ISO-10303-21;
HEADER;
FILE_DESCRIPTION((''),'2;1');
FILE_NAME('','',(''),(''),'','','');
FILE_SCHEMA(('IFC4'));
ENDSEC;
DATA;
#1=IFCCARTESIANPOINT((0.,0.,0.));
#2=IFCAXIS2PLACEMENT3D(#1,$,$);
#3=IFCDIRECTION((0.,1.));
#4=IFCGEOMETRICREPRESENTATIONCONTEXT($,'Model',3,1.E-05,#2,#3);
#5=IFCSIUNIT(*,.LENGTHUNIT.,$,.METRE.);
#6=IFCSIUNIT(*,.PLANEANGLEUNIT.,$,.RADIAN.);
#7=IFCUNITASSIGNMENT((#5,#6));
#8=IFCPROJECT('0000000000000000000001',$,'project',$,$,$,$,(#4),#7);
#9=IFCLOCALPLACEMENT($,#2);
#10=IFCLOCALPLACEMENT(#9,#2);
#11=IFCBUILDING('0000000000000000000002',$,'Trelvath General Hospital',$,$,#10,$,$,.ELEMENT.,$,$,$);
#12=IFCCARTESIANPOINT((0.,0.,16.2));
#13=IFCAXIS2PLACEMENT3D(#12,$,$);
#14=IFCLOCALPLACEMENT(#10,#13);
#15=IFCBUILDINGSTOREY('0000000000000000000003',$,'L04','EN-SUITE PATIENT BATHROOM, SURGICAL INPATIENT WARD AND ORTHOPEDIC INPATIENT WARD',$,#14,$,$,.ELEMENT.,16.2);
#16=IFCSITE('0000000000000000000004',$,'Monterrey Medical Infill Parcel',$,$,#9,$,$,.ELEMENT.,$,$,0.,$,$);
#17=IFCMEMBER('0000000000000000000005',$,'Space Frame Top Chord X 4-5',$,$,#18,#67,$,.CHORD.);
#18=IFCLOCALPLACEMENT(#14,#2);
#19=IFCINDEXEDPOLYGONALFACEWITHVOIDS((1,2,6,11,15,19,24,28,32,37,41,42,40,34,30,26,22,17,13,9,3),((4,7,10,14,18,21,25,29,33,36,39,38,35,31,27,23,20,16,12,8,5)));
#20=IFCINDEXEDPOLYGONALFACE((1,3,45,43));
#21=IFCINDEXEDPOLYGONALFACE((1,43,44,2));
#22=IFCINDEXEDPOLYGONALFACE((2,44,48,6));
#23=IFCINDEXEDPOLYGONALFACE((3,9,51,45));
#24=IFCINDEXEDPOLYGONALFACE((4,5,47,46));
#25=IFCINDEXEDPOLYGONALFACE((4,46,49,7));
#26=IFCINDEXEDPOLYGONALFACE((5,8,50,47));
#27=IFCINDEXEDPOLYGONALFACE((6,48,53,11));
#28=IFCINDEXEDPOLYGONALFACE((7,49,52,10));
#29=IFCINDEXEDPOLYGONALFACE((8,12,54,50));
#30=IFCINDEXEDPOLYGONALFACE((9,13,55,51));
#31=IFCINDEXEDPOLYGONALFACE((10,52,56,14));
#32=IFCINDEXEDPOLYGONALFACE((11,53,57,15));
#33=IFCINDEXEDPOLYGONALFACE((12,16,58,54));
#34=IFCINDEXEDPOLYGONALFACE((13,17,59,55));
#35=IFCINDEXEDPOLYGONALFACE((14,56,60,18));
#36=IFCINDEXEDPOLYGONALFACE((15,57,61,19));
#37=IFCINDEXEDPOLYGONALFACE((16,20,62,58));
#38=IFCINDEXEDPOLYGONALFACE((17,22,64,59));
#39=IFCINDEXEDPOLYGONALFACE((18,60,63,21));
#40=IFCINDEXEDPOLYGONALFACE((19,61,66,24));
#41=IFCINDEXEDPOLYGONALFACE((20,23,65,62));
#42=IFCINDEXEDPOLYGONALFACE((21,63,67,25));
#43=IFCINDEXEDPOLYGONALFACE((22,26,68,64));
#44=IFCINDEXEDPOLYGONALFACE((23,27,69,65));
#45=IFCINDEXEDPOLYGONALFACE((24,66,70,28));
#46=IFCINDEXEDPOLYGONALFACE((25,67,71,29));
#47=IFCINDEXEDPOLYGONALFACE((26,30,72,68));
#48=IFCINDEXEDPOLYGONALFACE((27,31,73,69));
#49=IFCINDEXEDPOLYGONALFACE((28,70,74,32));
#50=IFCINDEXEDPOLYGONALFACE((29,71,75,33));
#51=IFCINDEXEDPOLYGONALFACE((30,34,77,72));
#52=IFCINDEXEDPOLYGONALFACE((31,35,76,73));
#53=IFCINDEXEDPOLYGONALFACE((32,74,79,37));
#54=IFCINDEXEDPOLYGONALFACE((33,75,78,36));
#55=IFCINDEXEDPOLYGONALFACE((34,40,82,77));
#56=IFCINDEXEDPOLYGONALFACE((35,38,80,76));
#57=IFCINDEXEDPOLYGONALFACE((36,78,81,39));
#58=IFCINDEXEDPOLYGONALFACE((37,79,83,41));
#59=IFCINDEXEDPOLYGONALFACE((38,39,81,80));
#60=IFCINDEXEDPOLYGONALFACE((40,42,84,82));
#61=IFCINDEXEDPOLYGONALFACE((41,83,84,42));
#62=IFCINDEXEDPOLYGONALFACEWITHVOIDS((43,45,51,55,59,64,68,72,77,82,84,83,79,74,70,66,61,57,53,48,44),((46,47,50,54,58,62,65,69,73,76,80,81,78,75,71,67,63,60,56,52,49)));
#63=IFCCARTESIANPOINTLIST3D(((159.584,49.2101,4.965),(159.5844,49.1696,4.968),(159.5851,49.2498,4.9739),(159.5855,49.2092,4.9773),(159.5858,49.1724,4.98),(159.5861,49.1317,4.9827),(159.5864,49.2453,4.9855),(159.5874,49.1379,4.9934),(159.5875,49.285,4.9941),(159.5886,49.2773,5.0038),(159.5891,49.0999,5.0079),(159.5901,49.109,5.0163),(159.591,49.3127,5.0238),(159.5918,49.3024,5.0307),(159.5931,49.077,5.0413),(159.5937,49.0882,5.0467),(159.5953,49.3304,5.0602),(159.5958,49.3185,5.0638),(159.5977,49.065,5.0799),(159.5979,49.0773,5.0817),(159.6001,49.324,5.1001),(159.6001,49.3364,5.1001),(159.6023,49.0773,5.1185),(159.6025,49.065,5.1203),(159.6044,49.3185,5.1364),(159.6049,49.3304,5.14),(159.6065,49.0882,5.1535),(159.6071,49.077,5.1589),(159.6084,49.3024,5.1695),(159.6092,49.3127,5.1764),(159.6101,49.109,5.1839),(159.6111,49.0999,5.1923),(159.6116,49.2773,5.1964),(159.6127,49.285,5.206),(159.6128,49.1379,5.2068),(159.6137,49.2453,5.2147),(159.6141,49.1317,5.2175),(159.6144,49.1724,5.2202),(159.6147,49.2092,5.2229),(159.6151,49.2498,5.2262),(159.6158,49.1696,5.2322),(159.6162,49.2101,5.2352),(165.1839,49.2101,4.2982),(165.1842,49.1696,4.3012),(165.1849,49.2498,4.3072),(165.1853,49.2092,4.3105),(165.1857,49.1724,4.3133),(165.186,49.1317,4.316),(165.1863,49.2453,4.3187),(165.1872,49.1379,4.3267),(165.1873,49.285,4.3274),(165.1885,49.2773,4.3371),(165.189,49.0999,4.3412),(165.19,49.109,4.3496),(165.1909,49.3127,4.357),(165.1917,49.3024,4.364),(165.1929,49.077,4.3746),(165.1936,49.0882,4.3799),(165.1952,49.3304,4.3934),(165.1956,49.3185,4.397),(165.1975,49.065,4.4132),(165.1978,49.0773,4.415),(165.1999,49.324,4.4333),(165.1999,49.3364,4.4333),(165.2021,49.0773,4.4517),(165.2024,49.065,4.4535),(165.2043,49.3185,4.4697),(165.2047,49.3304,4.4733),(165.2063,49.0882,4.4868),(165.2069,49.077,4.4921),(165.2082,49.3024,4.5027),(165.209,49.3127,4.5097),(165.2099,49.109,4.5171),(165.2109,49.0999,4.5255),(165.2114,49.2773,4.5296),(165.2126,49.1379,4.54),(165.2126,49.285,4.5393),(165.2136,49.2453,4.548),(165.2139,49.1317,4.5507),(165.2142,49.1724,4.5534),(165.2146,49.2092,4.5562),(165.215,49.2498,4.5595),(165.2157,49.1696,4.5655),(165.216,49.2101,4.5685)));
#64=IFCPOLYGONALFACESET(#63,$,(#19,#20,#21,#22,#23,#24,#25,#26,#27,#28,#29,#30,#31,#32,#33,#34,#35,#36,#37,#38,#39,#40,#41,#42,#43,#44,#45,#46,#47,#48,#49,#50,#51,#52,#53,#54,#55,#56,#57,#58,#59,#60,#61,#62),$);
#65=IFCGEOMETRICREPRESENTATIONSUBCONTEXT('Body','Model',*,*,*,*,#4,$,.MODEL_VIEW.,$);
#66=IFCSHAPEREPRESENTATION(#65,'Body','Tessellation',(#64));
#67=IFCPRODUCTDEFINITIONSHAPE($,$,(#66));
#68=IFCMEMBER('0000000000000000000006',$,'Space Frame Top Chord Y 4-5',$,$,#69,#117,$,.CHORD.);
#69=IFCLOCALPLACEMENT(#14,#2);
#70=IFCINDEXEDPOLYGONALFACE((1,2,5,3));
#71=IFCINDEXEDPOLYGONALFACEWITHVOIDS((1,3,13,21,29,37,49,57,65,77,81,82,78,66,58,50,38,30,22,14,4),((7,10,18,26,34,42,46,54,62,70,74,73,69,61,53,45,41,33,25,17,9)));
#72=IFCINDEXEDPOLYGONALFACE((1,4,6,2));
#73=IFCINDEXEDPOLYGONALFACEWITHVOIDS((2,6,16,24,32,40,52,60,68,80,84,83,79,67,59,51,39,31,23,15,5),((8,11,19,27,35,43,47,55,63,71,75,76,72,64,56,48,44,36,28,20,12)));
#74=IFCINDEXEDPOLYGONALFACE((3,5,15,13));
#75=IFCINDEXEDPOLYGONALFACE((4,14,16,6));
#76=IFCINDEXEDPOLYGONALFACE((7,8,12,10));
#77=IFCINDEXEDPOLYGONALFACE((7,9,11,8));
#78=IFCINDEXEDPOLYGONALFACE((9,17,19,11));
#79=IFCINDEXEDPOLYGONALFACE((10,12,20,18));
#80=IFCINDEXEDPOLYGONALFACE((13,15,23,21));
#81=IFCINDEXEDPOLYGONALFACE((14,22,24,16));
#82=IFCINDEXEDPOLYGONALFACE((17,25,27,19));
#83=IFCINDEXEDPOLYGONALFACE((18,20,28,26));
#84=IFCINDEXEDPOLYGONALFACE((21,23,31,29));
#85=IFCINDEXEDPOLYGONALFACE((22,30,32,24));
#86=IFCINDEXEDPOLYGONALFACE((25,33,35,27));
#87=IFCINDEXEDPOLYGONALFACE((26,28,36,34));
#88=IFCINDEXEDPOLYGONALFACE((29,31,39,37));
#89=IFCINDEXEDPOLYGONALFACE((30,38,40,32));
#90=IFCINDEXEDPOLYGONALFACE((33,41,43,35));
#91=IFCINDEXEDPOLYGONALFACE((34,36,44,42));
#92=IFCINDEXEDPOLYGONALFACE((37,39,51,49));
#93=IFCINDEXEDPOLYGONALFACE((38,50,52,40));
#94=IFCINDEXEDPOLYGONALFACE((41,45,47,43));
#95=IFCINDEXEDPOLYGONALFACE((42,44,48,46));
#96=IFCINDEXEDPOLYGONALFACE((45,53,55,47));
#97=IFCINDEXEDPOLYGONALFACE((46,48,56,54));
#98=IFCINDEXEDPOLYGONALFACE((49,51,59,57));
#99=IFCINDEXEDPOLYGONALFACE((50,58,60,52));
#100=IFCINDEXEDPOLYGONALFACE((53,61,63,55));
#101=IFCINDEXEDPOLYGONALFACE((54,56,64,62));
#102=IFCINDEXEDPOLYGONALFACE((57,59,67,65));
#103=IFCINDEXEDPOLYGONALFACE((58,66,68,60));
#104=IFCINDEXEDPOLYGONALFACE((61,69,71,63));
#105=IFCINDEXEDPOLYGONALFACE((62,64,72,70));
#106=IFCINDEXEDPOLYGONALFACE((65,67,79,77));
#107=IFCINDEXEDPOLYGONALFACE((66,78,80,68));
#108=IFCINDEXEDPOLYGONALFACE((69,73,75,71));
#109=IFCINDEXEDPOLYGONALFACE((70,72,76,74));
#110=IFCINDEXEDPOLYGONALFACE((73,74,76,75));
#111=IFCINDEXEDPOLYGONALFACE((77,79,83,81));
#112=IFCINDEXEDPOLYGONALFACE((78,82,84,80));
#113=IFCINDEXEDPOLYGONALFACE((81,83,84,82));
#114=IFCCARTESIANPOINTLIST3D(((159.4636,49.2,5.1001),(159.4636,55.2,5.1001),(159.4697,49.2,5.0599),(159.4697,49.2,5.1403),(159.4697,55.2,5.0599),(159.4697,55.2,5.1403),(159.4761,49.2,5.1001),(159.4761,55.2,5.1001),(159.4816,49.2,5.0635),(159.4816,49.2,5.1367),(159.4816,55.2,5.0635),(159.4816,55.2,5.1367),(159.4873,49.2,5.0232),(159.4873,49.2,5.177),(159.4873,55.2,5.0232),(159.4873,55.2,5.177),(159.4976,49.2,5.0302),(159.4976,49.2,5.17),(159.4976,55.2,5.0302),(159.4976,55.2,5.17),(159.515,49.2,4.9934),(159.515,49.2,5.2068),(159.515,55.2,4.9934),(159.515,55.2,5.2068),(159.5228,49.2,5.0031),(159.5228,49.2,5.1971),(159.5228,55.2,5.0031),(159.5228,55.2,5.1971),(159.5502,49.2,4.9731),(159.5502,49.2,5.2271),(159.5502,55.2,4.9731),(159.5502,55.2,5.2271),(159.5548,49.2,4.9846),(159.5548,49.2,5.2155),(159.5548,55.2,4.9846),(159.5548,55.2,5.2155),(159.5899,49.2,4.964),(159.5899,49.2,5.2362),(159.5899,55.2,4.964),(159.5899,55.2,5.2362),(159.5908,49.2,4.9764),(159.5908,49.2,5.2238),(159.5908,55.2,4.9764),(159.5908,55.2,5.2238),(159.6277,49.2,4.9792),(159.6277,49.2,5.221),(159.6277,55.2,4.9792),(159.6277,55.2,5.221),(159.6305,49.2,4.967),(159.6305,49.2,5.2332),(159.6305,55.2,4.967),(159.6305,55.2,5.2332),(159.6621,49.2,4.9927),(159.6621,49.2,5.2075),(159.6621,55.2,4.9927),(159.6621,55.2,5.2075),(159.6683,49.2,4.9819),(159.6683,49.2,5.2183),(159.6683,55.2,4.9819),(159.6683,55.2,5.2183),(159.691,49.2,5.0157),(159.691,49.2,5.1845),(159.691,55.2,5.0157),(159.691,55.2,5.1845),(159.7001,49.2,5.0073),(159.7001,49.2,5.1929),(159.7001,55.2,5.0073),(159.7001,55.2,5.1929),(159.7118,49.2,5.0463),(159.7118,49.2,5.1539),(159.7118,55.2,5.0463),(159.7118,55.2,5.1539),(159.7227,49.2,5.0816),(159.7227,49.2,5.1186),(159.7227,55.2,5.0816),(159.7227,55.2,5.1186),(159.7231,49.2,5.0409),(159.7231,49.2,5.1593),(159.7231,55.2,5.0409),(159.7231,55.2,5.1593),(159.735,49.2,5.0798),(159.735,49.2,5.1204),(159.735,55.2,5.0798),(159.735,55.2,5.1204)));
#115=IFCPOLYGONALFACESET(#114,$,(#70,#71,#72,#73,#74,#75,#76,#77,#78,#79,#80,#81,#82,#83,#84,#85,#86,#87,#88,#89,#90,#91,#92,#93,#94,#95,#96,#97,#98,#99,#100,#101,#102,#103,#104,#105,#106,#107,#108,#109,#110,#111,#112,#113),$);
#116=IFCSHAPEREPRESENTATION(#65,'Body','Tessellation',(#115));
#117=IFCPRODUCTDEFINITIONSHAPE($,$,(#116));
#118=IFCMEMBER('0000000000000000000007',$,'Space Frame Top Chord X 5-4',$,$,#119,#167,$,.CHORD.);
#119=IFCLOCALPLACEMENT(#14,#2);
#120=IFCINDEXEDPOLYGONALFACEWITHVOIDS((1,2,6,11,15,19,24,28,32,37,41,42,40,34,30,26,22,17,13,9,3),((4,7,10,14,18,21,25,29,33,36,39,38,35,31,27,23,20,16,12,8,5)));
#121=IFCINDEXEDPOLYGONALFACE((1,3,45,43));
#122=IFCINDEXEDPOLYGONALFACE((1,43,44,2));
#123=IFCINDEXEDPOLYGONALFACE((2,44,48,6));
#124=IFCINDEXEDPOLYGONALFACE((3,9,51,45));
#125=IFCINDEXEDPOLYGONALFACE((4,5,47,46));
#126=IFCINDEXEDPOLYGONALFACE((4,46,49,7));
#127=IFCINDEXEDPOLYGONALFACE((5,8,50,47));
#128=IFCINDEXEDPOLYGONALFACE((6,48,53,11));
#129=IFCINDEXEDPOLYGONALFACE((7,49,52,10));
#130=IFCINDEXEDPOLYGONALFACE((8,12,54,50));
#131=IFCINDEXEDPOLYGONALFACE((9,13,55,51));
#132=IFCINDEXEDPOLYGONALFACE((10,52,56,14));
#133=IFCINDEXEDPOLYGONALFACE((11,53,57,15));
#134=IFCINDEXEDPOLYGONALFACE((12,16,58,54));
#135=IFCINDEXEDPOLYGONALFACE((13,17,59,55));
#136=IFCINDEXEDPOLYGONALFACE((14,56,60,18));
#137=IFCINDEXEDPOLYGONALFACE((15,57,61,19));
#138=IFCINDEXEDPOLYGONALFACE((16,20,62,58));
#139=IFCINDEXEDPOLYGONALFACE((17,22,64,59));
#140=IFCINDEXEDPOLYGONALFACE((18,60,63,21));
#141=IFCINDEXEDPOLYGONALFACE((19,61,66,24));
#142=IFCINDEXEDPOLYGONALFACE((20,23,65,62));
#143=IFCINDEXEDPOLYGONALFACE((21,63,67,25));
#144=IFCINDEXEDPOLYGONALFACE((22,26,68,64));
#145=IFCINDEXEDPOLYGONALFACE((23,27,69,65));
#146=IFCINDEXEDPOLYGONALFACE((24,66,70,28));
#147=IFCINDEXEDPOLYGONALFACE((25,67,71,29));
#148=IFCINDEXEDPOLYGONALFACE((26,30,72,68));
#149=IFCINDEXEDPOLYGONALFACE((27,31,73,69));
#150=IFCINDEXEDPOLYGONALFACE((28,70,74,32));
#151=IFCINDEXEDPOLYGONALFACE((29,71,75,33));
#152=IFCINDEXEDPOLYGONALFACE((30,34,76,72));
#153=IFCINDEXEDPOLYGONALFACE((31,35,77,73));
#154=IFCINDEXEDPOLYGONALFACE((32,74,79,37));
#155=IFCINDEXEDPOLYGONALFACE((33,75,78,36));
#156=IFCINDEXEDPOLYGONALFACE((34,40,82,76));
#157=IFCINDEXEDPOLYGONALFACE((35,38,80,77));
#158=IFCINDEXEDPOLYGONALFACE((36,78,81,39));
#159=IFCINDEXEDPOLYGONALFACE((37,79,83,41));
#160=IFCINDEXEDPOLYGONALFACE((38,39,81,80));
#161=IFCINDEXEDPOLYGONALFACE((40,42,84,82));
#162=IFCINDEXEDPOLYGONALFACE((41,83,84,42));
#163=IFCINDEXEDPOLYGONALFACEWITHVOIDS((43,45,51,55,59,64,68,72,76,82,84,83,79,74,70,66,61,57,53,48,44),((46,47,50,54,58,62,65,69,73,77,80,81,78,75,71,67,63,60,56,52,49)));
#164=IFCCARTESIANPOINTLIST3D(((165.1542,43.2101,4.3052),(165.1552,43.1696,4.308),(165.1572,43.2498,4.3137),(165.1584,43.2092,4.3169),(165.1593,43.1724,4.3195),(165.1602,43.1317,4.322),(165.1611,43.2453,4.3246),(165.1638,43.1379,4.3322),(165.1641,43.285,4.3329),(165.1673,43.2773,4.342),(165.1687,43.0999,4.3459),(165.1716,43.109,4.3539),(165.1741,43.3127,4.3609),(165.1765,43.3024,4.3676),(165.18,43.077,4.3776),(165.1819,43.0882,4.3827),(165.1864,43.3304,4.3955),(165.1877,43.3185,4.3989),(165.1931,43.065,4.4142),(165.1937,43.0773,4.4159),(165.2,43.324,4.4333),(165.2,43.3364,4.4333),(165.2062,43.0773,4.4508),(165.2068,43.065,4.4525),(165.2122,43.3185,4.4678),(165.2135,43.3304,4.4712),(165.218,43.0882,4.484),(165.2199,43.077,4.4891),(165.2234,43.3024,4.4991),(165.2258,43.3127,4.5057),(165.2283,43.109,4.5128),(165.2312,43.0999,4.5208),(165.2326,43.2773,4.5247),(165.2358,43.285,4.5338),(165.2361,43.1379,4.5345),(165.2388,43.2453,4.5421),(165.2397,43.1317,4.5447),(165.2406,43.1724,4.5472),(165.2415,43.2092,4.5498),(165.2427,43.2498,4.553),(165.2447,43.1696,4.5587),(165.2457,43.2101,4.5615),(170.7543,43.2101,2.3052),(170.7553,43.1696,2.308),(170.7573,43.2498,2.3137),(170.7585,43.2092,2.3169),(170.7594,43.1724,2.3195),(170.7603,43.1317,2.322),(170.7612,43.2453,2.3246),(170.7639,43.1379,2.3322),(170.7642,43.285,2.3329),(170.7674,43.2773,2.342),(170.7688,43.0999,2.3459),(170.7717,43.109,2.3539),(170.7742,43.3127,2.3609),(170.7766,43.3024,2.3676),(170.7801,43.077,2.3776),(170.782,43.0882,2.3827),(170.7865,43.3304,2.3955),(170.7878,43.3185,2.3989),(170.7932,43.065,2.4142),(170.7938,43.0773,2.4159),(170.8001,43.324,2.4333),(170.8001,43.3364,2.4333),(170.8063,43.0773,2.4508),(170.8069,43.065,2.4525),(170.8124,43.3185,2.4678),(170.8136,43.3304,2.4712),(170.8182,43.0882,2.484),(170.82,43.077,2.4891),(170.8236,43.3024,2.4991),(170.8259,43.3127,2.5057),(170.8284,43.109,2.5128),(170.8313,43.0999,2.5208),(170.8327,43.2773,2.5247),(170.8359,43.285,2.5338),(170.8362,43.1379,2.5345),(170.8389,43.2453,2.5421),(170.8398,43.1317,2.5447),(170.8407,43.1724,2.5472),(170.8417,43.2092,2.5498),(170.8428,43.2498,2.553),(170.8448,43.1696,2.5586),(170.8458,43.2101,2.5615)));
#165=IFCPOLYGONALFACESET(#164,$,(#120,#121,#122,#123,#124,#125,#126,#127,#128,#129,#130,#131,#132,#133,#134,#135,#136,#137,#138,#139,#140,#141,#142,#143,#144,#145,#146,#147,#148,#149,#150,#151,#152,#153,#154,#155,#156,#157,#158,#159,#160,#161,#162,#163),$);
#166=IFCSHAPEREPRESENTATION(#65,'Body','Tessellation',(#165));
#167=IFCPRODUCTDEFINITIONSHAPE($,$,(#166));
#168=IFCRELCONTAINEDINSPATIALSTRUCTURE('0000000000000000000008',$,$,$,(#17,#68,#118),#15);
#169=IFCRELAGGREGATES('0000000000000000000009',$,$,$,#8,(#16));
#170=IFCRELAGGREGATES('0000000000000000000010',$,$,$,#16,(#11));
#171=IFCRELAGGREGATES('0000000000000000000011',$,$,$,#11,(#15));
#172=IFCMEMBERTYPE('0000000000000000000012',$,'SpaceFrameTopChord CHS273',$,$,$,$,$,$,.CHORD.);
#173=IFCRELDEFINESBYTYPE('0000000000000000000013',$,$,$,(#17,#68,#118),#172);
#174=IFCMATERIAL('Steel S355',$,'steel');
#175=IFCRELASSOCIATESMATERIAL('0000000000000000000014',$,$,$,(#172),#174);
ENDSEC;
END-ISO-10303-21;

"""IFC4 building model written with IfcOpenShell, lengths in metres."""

from ifc_helpers import new_model, si_unit, direction, frame, origin, origin_2d, place, context, subcontext, project, spatial, hollow_circle, extrude, material, material_profile, profile_set, type_object, element, save


model = new_model("IFC4")

# Units and contexts
model_context = context("Model", 3, precision=1e-05, world=origin(), true_north=direction((0.0, 1.0)))
body_context = subcontext(model_context, "Body", "Model", "MODEL_VIEW")
ifc_project = project(units=[si_unit("LENGTHUNIT", "METRE"), si_unit("PLANEANGLEUNIT", "RADIAN")], contexts=[model_context])

# Site, building, storey
site_placement = place(None, origin())
site = spatial("IfcSite", under=ifc_project, at=site_placement, Name="Monterrey Medical Infill Parcel", CompositionType="ELEMENT", RefElevation=0.0)
building_placement = place(site_placement, origin())
building = spatial("IfcBuilding", under=site, at=building_placement, Name="Trelvath General Hospital", CompositionType="ELEMENT")
storey_placement = place(building_placement, frame((0.0, 0.0, 16.2)))
storey = spatial("IfcBuildingStorey", under=building, at=storey_placement, Name="L04", Description="EN-SUITE PATIENT BATHROOM, SURGICAL INPATIENT WARD AND ORTHOPEDIC INPATIENT WARD", CompositionType="ELEMENT", Elevation=16.2)

# Members
ifc_material_1 = material(Name="Steel S355", Category="steel")
ifc_material_profile_1 = material_profile(ifc_material_1, hollow_circle(Radius=0.1365, WallThickness=0.0125, at=origin_2d()), Name="CHS273.0x12.5")
ifc_profile_set_1 = profile_set([ifc_material_profile_1], Name="Steel S355")
member_type_1 = type_object("IfcMemberType", Name="SpaceFrameTopChord CHS273", PredefinedType="CHORD", material=ifc_profile_set_1)
member_1_placement = place(storey_placement, frame((159.6001, 49.2, 5.1001), z_axis=(0.992986, 0.0, -0.11823), x_axis=(0.0, 1.0, 0.0)))
element("IfcMember", 1, at=member_1_placement, inside=storey, type_object=member_type_1, Name="Space Frame Top Chord X 4-5", PredefinedType="CHORD", context=body_context, shape_type="SweptSolid", body=[
    extrude(hollow_circle(Radius=0.1365, WallThickness=0.0125, at=origin_2d()), origin(), (0.0, 0.0, 1.0), 5.6394),
])
member_2_placement = place(storey_placement, frame((159.6001, 49.2, 5.1001), z_axis=(0.0, 1.0, 0.0), x_axis=(-1.0, 0.0, 0.0)))
element("IfcMember", 2, at=member_2_placement, inside=storey, type_object=member_type_1, Name="Space Frame Top Chord Y 4-5", PredefinedType="CHORD", context=body_context, shape_type="SweptSolid", body=[
    extrude(hollow_circle(Radius=0.1365, WallThickness=0.0125, at=origin_2d()), origin(), (0.0, 0.0, 1.0), 6.0),
])
member_3_placement = place(storey_placement, frame((165.2, 43.2, 4.4333), z_axis=(0.941744, 0.0, -0.336331), x_axis=(0.0, 1.0, 0.0)))
element("IfcMember", 3, at=member_3_placement, inside=storey, type_object=member_type_1, Name="Space Frame Top Chord X 5-4", PredefinedType="CHORD", context=body_context, shape_type="SweptSolid", body=[
    extrude(hollow_circle(Radius=0.1365, WallThickness=0.0125, at=origin_2d()), origin(), (0.0, 0.0, 1.0), 5.9465),
])

save(model, "model.ifc")
